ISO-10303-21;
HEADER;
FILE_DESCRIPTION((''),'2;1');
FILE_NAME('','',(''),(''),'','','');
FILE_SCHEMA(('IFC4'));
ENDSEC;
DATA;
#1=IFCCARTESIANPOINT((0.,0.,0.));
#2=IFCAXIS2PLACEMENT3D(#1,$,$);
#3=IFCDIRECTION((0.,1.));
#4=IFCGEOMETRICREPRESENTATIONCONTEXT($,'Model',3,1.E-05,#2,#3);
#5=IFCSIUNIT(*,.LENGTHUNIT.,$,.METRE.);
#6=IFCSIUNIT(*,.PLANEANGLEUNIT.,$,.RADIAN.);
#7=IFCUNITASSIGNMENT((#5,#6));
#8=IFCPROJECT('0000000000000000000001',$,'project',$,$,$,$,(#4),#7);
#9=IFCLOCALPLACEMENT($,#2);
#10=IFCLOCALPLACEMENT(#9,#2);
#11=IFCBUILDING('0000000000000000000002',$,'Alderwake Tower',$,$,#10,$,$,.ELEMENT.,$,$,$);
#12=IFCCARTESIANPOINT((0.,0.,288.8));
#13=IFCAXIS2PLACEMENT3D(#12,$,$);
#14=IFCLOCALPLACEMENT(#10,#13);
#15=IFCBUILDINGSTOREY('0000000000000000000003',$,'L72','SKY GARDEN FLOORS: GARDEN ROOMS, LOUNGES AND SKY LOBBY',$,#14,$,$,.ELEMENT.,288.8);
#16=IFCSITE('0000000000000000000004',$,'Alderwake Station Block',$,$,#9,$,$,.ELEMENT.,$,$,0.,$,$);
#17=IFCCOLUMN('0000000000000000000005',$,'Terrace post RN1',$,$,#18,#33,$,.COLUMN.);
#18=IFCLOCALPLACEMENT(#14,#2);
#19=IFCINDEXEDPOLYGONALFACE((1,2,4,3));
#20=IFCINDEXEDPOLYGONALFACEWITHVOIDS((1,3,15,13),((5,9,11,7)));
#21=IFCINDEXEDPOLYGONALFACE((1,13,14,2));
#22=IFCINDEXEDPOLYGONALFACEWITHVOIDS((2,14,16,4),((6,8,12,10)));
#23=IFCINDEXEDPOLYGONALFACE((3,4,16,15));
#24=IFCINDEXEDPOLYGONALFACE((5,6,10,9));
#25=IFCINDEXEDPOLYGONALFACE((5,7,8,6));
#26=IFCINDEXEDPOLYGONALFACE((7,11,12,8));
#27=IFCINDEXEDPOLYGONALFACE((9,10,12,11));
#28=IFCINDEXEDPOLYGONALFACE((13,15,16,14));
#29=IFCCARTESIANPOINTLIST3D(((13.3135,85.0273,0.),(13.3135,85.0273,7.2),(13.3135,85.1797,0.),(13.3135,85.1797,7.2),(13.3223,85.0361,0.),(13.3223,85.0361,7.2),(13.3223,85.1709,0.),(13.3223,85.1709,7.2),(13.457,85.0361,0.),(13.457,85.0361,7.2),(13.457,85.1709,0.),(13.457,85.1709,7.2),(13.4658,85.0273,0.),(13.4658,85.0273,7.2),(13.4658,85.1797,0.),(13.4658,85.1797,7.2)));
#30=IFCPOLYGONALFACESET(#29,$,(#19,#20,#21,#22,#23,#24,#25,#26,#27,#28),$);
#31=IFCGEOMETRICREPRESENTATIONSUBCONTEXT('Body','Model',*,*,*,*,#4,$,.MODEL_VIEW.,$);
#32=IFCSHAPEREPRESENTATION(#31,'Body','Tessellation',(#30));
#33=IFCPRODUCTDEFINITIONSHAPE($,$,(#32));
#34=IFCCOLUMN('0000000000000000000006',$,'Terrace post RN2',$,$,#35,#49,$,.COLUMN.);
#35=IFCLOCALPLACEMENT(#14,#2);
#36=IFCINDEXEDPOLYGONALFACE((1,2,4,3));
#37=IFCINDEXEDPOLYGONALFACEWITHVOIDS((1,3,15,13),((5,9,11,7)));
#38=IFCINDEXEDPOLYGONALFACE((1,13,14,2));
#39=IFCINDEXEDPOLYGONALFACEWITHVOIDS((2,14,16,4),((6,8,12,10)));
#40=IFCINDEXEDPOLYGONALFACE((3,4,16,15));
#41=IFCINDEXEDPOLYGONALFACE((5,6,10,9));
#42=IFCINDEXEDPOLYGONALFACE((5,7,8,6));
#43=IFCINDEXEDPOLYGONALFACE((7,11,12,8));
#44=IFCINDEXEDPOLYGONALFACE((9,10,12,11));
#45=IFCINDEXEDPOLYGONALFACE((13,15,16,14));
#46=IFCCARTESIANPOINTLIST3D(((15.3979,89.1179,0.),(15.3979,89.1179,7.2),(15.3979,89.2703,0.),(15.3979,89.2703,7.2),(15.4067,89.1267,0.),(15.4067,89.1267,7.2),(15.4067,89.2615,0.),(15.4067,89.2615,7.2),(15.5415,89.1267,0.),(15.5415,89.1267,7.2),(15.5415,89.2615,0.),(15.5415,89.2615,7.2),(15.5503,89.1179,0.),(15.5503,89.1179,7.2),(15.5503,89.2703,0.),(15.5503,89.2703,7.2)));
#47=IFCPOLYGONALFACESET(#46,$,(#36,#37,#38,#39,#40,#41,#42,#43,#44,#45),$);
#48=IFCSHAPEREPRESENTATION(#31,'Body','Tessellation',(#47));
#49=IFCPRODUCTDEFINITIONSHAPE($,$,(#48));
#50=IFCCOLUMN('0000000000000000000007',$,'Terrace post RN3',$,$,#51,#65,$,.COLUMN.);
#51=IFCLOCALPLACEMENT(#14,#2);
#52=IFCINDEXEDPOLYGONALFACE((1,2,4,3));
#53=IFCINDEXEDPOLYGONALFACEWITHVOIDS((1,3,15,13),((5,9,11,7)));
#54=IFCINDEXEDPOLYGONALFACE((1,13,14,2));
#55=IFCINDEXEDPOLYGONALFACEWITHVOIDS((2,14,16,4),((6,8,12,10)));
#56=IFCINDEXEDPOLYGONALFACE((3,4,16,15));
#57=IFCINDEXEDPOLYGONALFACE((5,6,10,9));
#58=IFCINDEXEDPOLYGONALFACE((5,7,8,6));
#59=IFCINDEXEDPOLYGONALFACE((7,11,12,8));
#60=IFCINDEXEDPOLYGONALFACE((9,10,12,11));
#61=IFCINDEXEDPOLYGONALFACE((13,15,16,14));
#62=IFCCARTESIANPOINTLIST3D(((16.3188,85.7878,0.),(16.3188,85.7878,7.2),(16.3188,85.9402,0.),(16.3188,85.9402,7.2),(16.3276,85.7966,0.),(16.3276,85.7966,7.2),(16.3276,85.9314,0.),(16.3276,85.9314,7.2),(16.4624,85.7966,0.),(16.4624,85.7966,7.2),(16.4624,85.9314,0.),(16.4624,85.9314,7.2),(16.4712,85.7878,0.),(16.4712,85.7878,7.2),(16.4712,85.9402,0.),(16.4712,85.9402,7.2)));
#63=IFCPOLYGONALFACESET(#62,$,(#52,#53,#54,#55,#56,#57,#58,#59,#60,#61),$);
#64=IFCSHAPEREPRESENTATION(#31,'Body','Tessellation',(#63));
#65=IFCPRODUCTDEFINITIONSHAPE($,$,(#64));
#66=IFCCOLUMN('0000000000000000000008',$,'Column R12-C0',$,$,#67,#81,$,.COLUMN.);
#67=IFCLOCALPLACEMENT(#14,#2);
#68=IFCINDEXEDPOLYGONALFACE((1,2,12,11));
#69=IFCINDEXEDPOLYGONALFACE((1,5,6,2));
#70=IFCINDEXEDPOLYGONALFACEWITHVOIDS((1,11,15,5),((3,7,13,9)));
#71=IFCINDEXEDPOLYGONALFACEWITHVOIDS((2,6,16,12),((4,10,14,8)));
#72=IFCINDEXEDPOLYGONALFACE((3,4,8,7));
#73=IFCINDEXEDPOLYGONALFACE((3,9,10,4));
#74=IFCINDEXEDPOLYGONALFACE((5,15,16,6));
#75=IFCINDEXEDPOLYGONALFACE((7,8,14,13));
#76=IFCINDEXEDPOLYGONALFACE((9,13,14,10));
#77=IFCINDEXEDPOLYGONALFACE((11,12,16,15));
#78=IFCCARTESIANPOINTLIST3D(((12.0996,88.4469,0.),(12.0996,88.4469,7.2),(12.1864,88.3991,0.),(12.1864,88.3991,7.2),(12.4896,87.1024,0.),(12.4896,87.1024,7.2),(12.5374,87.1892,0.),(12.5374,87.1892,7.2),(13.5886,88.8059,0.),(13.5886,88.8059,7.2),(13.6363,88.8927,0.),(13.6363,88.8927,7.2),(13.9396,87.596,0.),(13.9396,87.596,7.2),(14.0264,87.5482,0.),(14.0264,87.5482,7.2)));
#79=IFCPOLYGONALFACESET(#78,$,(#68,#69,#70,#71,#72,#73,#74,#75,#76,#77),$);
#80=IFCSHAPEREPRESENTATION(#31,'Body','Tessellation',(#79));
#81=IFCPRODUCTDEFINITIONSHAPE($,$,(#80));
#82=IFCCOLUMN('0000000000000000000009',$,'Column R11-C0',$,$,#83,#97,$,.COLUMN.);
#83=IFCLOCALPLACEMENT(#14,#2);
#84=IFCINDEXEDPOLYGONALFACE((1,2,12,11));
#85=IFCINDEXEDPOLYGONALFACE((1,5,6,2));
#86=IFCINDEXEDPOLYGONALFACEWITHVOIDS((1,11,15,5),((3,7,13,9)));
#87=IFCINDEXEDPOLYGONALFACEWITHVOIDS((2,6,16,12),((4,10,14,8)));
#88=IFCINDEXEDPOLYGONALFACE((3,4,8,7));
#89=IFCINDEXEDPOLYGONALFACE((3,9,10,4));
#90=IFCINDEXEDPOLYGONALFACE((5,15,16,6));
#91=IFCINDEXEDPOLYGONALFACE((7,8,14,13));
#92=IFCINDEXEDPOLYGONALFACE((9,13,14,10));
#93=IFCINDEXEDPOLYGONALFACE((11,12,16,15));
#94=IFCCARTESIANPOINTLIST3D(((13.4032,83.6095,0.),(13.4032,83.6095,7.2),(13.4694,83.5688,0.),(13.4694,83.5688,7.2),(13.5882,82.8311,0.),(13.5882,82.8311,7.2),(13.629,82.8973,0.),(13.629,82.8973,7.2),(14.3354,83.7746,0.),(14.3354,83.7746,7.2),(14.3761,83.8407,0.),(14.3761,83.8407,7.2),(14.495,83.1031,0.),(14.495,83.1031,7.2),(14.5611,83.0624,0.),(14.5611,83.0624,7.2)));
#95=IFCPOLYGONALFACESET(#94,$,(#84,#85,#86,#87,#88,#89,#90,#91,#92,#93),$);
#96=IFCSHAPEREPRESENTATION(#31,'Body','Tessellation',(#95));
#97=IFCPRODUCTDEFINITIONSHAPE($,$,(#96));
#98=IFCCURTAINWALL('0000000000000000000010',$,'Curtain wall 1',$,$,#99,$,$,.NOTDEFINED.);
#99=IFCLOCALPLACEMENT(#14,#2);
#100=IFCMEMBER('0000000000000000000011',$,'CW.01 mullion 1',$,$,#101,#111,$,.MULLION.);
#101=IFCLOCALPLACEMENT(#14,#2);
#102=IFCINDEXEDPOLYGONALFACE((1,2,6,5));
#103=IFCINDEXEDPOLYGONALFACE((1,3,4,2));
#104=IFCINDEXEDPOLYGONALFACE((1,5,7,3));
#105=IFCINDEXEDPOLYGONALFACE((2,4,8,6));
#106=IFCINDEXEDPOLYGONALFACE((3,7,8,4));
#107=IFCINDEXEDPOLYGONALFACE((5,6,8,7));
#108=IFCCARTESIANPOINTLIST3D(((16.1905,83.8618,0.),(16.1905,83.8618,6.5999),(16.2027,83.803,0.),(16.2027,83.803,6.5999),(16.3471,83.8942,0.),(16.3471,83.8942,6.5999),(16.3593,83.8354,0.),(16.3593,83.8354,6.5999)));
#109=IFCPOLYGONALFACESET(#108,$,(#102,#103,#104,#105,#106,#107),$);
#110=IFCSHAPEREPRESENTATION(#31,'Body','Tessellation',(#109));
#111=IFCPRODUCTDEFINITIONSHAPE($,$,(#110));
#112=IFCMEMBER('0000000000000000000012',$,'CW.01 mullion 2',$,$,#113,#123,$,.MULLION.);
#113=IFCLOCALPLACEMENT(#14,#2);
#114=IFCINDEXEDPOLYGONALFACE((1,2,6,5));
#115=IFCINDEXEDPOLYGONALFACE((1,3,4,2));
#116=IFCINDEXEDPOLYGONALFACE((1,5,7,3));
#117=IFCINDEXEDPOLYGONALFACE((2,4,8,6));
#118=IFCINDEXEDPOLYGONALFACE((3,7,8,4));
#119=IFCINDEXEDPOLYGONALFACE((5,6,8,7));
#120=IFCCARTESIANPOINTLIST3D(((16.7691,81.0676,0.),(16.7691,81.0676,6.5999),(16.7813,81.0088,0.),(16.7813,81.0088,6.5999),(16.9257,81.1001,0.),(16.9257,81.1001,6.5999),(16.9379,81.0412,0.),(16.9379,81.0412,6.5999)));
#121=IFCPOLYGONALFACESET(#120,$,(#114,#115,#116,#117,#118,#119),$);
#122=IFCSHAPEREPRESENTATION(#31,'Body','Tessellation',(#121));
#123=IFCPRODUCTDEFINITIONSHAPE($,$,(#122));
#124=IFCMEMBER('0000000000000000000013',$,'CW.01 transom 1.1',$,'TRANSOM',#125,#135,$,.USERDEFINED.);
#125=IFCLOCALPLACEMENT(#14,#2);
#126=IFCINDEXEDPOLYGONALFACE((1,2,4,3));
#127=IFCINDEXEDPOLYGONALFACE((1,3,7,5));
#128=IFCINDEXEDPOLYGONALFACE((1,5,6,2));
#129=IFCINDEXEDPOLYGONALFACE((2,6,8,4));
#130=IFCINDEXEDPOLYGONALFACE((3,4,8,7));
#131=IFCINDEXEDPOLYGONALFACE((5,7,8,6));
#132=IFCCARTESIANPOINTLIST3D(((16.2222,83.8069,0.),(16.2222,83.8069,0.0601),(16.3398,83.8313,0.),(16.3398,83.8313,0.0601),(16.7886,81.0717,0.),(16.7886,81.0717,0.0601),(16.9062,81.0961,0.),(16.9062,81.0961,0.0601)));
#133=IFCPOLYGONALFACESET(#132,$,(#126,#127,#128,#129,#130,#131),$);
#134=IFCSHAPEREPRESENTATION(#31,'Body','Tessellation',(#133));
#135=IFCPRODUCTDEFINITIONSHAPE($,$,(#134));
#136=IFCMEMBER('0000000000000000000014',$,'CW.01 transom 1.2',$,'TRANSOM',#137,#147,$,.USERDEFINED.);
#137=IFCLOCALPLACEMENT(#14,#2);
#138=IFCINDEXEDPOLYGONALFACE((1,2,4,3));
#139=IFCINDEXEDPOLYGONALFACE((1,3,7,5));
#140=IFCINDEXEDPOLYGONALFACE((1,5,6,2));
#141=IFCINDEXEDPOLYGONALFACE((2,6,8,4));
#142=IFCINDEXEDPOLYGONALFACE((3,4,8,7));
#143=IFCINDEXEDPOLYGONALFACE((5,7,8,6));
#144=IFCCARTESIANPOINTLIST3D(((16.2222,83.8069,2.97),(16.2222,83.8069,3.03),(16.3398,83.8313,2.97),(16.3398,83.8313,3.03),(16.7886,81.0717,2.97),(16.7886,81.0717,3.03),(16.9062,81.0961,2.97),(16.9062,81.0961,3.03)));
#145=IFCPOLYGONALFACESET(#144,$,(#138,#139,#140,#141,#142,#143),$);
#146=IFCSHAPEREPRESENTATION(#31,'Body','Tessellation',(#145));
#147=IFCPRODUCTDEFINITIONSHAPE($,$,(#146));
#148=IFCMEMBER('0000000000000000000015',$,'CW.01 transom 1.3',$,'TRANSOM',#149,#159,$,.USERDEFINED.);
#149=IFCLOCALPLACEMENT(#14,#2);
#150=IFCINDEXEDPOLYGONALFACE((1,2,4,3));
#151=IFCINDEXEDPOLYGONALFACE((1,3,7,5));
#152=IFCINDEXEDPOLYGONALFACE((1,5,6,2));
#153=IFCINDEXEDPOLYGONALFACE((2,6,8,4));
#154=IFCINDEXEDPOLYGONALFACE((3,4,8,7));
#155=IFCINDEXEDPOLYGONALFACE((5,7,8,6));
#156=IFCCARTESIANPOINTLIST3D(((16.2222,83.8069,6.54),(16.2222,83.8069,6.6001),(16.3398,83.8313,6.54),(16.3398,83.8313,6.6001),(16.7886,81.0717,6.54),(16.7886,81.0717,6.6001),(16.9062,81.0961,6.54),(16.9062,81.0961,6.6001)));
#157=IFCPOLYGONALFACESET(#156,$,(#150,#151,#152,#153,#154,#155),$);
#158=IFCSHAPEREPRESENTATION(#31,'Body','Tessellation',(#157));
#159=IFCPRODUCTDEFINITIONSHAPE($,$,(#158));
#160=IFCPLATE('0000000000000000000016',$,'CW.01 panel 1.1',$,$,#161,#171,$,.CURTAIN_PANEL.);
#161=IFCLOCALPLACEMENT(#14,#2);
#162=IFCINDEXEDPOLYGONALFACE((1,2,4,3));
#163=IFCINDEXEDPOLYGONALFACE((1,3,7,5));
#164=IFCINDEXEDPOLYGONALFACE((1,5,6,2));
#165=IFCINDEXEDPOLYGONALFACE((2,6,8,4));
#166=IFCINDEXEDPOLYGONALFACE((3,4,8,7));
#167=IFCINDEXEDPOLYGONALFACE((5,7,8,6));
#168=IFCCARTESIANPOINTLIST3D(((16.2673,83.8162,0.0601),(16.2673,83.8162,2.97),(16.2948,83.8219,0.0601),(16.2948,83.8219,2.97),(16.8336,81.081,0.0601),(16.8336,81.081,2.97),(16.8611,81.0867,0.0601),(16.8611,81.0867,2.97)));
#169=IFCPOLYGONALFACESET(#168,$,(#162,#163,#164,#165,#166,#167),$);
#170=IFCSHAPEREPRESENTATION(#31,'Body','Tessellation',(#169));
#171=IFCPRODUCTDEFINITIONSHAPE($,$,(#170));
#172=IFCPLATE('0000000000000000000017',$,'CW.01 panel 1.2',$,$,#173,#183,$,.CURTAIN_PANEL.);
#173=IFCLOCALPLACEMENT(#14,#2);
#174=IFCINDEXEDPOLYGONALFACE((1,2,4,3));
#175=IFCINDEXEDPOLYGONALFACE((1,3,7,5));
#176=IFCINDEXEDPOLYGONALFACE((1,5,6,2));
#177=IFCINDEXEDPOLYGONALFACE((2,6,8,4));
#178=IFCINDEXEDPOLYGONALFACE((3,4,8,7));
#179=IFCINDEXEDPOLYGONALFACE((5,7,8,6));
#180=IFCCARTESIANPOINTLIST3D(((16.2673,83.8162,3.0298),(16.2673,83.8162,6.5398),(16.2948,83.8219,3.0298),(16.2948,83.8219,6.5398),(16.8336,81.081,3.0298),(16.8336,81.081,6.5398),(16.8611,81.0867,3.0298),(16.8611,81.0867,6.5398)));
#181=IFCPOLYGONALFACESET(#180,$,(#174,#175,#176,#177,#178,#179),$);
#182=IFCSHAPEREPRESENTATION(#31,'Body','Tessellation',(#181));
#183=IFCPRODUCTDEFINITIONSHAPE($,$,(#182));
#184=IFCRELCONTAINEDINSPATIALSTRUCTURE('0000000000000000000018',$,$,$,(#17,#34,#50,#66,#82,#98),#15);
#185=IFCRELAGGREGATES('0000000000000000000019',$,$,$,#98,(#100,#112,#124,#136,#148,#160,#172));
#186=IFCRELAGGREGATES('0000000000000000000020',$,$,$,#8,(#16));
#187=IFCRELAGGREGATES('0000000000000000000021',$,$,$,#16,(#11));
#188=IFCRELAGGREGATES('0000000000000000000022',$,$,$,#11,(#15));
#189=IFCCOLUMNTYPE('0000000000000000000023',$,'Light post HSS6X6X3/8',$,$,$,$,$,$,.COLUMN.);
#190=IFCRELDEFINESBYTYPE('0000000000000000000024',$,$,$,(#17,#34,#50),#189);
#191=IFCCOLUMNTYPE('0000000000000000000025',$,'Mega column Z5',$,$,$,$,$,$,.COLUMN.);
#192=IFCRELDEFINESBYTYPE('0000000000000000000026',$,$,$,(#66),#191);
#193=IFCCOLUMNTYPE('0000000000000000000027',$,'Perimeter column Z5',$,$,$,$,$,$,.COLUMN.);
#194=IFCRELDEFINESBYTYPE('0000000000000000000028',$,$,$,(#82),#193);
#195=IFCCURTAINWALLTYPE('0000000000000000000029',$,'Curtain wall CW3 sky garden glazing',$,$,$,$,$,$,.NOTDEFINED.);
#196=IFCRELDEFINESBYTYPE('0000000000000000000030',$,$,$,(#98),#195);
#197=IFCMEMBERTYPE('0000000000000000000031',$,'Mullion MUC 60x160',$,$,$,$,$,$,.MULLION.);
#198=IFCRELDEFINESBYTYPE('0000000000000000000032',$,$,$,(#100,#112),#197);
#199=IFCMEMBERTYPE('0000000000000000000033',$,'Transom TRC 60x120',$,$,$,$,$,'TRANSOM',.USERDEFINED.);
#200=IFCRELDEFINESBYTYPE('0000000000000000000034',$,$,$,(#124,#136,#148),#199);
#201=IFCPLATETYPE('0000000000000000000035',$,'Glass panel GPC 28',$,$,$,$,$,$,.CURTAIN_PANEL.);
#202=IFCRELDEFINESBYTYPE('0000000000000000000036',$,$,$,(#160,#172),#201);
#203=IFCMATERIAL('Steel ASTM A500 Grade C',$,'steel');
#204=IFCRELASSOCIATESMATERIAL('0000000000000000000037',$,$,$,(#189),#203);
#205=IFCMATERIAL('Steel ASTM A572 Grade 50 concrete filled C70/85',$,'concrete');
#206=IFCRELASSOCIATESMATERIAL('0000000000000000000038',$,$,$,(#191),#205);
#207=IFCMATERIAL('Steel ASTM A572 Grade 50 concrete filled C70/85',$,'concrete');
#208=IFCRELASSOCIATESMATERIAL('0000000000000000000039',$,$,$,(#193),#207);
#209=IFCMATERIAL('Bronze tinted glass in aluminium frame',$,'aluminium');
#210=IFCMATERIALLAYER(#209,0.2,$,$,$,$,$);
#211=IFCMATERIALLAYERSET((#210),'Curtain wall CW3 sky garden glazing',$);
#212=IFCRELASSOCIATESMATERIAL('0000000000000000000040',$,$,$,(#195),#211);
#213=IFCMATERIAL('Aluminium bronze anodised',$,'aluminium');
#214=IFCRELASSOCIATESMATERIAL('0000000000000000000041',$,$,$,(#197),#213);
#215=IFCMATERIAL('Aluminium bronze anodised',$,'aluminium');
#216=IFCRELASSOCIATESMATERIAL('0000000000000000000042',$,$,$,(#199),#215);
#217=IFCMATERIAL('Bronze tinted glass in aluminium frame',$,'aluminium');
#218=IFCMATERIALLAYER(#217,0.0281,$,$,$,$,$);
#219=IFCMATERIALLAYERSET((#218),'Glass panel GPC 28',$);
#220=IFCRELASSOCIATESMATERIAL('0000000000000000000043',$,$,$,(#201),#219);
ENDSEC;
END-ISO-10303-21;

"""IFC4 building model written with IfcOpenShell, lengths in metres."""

from ifc_helpers import new_model, si_unit, direction, frame, origin, origin_2d, place, context, subcontext, project, spatial, rectangle, hollow_rectangle, extrude, material, layer, layer_set, material_profile, profile_set, type_object, element, aggregate, save


model = new_model("IFC4")

# Units and contexts
model_context = context("Model", 3, precision=1e-05, world=origin(), true_north=direction((0.0, 1.0)))
body_context = subcontext(model_context, "Body", "Model", "MODEL_VIEW")
ifc_project = project(units=[si_unit("LENGTHUNIT", "METRE"), si_unit("PLANEANGLEUNIT", "RADIAN")], contexts=[model_context])

# Site, building, storey
site_placement = place(None, origin())
site = spatial("IfcSite", under=ifc_project, at=site_placement, Name="Alderwake Station Block", CompositionType="ELEMENT", RefElevation=0.0)
building_placement = place(site_placement, origin())
building = spatial("IfcBuilding", under=site, at=building_placement, Name="Alderwake Tower", CompositionType="ELEMENT")
storey_placement = place(building_placement, frame((0.0, 0.0, 288.8)))
storey = spatial("IfcBuildingStorey", under=building, at=storey_placement, Name="L72", Description="SKY GARDEN FLOORS: GARDEN ROOMS, LOUNGES AND SKY LOBBY", CompositionType="ELEMENT", Elevation=288.8)

# Columns
ifc_material_1 = material(Name="Steel ASTM A500 Grade C", Category="steel")
ifc_material_profile_1 = material_profile(ifc_material_1, hollow_rectangle(XDim=0.1523, YDim=0.1523, WallThickness=0.0088, at=origin_2d()), Name="HSS6X6X3/8")
ifc_profile_set_1 = profile_set([ifc_material_profile_1], Name="Steel ASTM A500 Grade C")
column_type_1 = type_object("IfcColumnType", Name="Light post HSS6X6X3/8", PredefinedType="COLUMN", material=ifc_profile_set_1)
for number, where, z_axis, x_axis, name in (
    (1, (13.3896, 85.1035, 0.0), (0.0, 0.0, 1.0), (1.0, 0.0, 0.0), "Terrace post RN1"),
    (2, (15.4741, 89.1941, 0.0), (0.0, 0.0, 1.0), (1.0, 0.0, 0.0), "Terrace post RN2"),
    (3, (16.395, 85.864, 0.0), (0.0, 0.0, 1.0), (1.0, 0.0, 0.0), "Terrace post RN3"),
):
    element("IfcColumn", number, at=place(storey_placement, frame(where, z_axis=z_axis, x_axis=x_axis)), inside=storey, type_object=column_type_1, Name=name, PredefinedType="COLUMN", context=body_context, shape_type="SweptSolid", body=[
        extrude(hollow_rectangle(XDim=0.1523, YDim=0.1523, WallThickness=0.0088, at=origin_2d()), origin(), (0.0, 0.0, 1.0), 7.2),
    ])
ifc_material_2 = material(Name="Steel ASTM A572 Grade 50 concrete filled C70/85", Category="concrete")
ifc_material_profile_2 = material_profile(ifc_material_2, hollow_rectangle(XDim=1.3999, YDim=1.6001, WallThickness=0.0701, at=origin_2d()), Name="BOX 1600X1400X70")
ifc_profile_set_2 = profile_set([ifc_material_profile_2], Name="Steel ASTM A572 Grade 50 concrete filled C70/85")
column_type_2 = type_object("IfcColumnType", Name="Mega column Z5", PredefinedType="COLUMN", material=ifc_profile_set_2)
column_1_placement = place(storey_placement, frame((13.063, 87.9976, 0.0), z_axis=(0.0, 0.0, 1.0), x_axis=(-0.278612, 0.960404, 0.0)))
element("IfcColumn", 4, at=column_1_placement, inside=storey, type_object=column_type_2, Name="Column R12-C0", PredefinedType="COLUMN", context=body_context, shape_type="SweptSolid", body=[
    extrude(hollow_rectangle(XDim=1.3999, YDim=1.6001, WallThickness=0.0701, at=origin_2d()), origin(), (0.0, 0.0, 1.0), 7.2),
])
ifc_material_3 = material(Name="Steel ASTM A572 Grade 50 concrete filled C70/85", Category="concrete")
ifc_material_profile_3 = material_profile(ifc_material_3, hollow_rectangle(XDim=0.8, YDim=1.0, WallThickness=0.0549, at=origin_2d()), Name="BOX 1000X800X55")
ifc_profile_set_3 = profile_set([ifc_material_profile_3], Name="Steel ASTM A572 Grade 50 concrete filled C70/85")
column_type_3 = type_object("IfcColumnType", Name="Perimeter column Z5", PredefinedType="COLUMN", material=ifc_profile_set_3)
column_2_placement = place(storey_placement, frame((13.9822, 83.3359, 0.0), z_axis=(0.0, 0.0, 1.0), x_axis=(-0.231222, 0.972901, 0.0)))
element("IfcColumn", 5, at=column_2_placement, inside=storey, type_object=column_type_3, Name="Column R11-C0", PredefinedType="COLUMN", context=body_context, shape_type="SweptSolid", body=[
    extrude(hollow_rectangle(XDim=0.8, YDim=1.0, WallThickness=0.0549, at=origin_2d()), origin(), (0.0, 0.0, 1.0), 7.2),
])

# Curtain wall, members, plates
ifc_material_4 = material(Name="Bronze tinted glass in aluminium frame", Category="aluminium")
ifc_layer_1 = layer(ifc_material_4, 0.2)
ifc_layer_set_1 = layer_set([ifc_layer_1], Name="Curtain wall CW3 sky garden glazing")
curtain_wall_type = type_object("IfcCurtainWallType", Name="Curtain wall CW3 sky garden glazing", PredefinedType="NOTDEFINED", material=ifc_layer_set_1)
curtain_wall_placement = place(storey_placement, origin())
curtain_wall = element("IfcCurtainWall", 6, at=curtain_wall_placement, inside=storey, type_object=curtain_wall_type, Name="Curtain wall 1", PredefinedType="NOTDEFINED")
ifc_material_5 = material(Name="Aluminium bronze anodised", Category="aluminium")
ifc_material_profile_4 = material_profile(ifc_material_5, rectangle(XDim=0.1599, YDim=0.0601, at=origin_2d()), Name="Mullion MUC 60x160")
ifc_profile_set_4 = profile_set([ifc_material_profile_4], Name="Aluminium bronze anodised")
member_type_1 = type_object("IfcMemberType", Name="Mullion MUC 60x160", PredefinedType="MULLION", material=ifc_profile_set_4)
member_1_placement = place(storey_placement, frame((16.2749, 83.8486, 0.0), z_axis=(0.0, 0.0, 1.0), x_axis=(0.97923, 0.202755, 0.0)))
member_1 = element("IfcMember", 7, at=member_1_placement, type_object=member_type_1, Name="CW.01 mullion 1", PredefinedType="MULLION", context=body_context, shape_type="SweptSolid", body=[
    extrude(rectangle(XDim=0.1599, YDim=0.0601, at=origin_2d()), origin(), (0.0, 0.0, 1.0), 6.5999),
])
member_2_placement = place(storey_placement, frame((16.8535, 81.0544, 0.0), z_axis=(0.0, 0.0, 1.0), x_axis=(0.97923, 0.202755, 0.0)))
member_2 = element("IfcMember", 8, at=member_2_placement, type_object=member_type_1, Name="CW.01 mullion 2", PredefinedType="MULLION", context=body_context, shape_type="SweptSolid", body=[
    extrude(rectangle(XDim=0.1599, YDim=0.0601, at=origin_2d()), origin(), (0.0, 0.0, 1.0), 6.5999),
])
ifc_material_6 = material(Name="Aluminium bronze anodised", Category="aluminium")
ifc_material_profile_5 = material_profile(ifc_material_6, rectangle(XDim=0.1201, YDim=0.0601, at=origin_2d()), Name="Transom TRC 60x120")
ifc_profile_set_5 = profile_set([ifc_material_profile_5], Name="Aluminium bronze anodised")
member_type_2 = type_object("IfcMemberType", Name="Transom TRC 60x120", ElementType="TRANSOM", PredefinedType="USERDEFINED", material=ifc_profile_set_5)
member_3_placement = place(storey_placement, frame((16.281, 83.8191, 0.03), z_axis=(0.202785, -0.979223, 0.0), x_axis=(0.979223, 0.202785, 0.0)))
member_3 = element("IfcMember", 9, at=member_3_placement, type_object=member_type_2, Name="CW.01 transom 1.1", ObjectType="TRANSOM", PredefinedType="USERDEFINED", context=body_context, shape_type="SweptSolid", body=[
    extrude(rectangle(XDim=0.1201, YDim=0.0601, at=origin_2d()), origin(), (0.0, 0.0, 1.0), 2.7932),
])
member_4_placement = place(storey_placement, frame((16.281, 83.8191, 3.0), z_axis=(0.202785, -0.979223, 0.0), x_axis=(0.979223, 0.202785, 0.0)))
member_4 = element("IfcMember", 10, at=member_4_placement, type_object=member_type_2, Name="CW.01 transom 1.2", ObjectType="TRANSOM", PredefinedType="USERDEFINED", context=body_context, shape_type="SweptSolid", body=[
    extrude(rectangle(XDim=0.1201, YDim=0.0601, at=origin_2d()), origin(), (0.0, 0.0, 1.0), 2.7932),
])
member_5_placement = place(storey_placement, frame((16.281, 83.8191, 6.5701), z_axis=(0.202785, -0.979223, 0.0), x_axis=(0.979223, 0.202785, 0.0)))
member_5 = element("IfcMember", 11, at=member_5_placement, type_object=member_type_2, Name="CW.01 transom 1.3", ObjectType="TRANSOM", PredefinedType="USERDEFINED", context=body_context, shape_type="SweptSolid", body=[
    extrude(rectangle(XDim=0.1201, YDim=0.0601, at=origin_2d()), origin(), (0.0, 0.0, 1.0), 2.7932),
])
ifc_material_7 = material(Name="Bronze tinted glass in aluminium frame", Category="aluminium")
ifc_layer_2 = layer(ifc_material_7, 0.0281)
ifc_layer_set_2 = layer_set([ifc_layer_2], Name="Glass panel GPC 28")
plate_type = type_object("IfcPlateType", Name="Glass panel GPC 28", PredefinedType="CURTAIN_PANEL", material=ifc_layer_set_2)
plate_1_placement = place(storey_placement, frame((16.5642, 82.4514, 0.0601), z_axis=(0.0, 0.0, 1.0), x_axis=(0.202755, -0.97923, 0.0)))
plate_1 = element("IfcPlate", 12, at=plate_1_placement, type_object=plate_type, Name="CW.01 panel 1.1", PredefinedType="CURTAIN_PANEL", context=body_context, shape_type="SweptSolid", body=[
    extrude(rectangle(XDim=2.7932, YDim=0.0281, at=origin_2d()), origin(), (0.0, 0.0, 1.0), 2.9099),
])
plate_2_placement = place(storey_placement, frame((16.5642, 82.4514, 3.0298), z_axis=(0.0, 0.0, 1.0), x_axis=(0.202755, -0.97923, 0.0)))
plate_2 = element("IfcPlate", 13, at=plate_2_placement, type_object=plate_type, Name="CW.01 panel 1.2", PredefinedType="CURTAIN_PANEL", context=body_context, shape_type="SweptSolid", body=[
    extrude(rectangle(XDim=2.7932, YDim=0.0281, at=origin_2d()), origin(), (0.0, 0.0, 1.0), 3.51),
])
aggregate(curtain_wall, [member_1, member_2, member_3, member_4, member_5, plate_1, plate_2])

save(model, "model.ifc")
